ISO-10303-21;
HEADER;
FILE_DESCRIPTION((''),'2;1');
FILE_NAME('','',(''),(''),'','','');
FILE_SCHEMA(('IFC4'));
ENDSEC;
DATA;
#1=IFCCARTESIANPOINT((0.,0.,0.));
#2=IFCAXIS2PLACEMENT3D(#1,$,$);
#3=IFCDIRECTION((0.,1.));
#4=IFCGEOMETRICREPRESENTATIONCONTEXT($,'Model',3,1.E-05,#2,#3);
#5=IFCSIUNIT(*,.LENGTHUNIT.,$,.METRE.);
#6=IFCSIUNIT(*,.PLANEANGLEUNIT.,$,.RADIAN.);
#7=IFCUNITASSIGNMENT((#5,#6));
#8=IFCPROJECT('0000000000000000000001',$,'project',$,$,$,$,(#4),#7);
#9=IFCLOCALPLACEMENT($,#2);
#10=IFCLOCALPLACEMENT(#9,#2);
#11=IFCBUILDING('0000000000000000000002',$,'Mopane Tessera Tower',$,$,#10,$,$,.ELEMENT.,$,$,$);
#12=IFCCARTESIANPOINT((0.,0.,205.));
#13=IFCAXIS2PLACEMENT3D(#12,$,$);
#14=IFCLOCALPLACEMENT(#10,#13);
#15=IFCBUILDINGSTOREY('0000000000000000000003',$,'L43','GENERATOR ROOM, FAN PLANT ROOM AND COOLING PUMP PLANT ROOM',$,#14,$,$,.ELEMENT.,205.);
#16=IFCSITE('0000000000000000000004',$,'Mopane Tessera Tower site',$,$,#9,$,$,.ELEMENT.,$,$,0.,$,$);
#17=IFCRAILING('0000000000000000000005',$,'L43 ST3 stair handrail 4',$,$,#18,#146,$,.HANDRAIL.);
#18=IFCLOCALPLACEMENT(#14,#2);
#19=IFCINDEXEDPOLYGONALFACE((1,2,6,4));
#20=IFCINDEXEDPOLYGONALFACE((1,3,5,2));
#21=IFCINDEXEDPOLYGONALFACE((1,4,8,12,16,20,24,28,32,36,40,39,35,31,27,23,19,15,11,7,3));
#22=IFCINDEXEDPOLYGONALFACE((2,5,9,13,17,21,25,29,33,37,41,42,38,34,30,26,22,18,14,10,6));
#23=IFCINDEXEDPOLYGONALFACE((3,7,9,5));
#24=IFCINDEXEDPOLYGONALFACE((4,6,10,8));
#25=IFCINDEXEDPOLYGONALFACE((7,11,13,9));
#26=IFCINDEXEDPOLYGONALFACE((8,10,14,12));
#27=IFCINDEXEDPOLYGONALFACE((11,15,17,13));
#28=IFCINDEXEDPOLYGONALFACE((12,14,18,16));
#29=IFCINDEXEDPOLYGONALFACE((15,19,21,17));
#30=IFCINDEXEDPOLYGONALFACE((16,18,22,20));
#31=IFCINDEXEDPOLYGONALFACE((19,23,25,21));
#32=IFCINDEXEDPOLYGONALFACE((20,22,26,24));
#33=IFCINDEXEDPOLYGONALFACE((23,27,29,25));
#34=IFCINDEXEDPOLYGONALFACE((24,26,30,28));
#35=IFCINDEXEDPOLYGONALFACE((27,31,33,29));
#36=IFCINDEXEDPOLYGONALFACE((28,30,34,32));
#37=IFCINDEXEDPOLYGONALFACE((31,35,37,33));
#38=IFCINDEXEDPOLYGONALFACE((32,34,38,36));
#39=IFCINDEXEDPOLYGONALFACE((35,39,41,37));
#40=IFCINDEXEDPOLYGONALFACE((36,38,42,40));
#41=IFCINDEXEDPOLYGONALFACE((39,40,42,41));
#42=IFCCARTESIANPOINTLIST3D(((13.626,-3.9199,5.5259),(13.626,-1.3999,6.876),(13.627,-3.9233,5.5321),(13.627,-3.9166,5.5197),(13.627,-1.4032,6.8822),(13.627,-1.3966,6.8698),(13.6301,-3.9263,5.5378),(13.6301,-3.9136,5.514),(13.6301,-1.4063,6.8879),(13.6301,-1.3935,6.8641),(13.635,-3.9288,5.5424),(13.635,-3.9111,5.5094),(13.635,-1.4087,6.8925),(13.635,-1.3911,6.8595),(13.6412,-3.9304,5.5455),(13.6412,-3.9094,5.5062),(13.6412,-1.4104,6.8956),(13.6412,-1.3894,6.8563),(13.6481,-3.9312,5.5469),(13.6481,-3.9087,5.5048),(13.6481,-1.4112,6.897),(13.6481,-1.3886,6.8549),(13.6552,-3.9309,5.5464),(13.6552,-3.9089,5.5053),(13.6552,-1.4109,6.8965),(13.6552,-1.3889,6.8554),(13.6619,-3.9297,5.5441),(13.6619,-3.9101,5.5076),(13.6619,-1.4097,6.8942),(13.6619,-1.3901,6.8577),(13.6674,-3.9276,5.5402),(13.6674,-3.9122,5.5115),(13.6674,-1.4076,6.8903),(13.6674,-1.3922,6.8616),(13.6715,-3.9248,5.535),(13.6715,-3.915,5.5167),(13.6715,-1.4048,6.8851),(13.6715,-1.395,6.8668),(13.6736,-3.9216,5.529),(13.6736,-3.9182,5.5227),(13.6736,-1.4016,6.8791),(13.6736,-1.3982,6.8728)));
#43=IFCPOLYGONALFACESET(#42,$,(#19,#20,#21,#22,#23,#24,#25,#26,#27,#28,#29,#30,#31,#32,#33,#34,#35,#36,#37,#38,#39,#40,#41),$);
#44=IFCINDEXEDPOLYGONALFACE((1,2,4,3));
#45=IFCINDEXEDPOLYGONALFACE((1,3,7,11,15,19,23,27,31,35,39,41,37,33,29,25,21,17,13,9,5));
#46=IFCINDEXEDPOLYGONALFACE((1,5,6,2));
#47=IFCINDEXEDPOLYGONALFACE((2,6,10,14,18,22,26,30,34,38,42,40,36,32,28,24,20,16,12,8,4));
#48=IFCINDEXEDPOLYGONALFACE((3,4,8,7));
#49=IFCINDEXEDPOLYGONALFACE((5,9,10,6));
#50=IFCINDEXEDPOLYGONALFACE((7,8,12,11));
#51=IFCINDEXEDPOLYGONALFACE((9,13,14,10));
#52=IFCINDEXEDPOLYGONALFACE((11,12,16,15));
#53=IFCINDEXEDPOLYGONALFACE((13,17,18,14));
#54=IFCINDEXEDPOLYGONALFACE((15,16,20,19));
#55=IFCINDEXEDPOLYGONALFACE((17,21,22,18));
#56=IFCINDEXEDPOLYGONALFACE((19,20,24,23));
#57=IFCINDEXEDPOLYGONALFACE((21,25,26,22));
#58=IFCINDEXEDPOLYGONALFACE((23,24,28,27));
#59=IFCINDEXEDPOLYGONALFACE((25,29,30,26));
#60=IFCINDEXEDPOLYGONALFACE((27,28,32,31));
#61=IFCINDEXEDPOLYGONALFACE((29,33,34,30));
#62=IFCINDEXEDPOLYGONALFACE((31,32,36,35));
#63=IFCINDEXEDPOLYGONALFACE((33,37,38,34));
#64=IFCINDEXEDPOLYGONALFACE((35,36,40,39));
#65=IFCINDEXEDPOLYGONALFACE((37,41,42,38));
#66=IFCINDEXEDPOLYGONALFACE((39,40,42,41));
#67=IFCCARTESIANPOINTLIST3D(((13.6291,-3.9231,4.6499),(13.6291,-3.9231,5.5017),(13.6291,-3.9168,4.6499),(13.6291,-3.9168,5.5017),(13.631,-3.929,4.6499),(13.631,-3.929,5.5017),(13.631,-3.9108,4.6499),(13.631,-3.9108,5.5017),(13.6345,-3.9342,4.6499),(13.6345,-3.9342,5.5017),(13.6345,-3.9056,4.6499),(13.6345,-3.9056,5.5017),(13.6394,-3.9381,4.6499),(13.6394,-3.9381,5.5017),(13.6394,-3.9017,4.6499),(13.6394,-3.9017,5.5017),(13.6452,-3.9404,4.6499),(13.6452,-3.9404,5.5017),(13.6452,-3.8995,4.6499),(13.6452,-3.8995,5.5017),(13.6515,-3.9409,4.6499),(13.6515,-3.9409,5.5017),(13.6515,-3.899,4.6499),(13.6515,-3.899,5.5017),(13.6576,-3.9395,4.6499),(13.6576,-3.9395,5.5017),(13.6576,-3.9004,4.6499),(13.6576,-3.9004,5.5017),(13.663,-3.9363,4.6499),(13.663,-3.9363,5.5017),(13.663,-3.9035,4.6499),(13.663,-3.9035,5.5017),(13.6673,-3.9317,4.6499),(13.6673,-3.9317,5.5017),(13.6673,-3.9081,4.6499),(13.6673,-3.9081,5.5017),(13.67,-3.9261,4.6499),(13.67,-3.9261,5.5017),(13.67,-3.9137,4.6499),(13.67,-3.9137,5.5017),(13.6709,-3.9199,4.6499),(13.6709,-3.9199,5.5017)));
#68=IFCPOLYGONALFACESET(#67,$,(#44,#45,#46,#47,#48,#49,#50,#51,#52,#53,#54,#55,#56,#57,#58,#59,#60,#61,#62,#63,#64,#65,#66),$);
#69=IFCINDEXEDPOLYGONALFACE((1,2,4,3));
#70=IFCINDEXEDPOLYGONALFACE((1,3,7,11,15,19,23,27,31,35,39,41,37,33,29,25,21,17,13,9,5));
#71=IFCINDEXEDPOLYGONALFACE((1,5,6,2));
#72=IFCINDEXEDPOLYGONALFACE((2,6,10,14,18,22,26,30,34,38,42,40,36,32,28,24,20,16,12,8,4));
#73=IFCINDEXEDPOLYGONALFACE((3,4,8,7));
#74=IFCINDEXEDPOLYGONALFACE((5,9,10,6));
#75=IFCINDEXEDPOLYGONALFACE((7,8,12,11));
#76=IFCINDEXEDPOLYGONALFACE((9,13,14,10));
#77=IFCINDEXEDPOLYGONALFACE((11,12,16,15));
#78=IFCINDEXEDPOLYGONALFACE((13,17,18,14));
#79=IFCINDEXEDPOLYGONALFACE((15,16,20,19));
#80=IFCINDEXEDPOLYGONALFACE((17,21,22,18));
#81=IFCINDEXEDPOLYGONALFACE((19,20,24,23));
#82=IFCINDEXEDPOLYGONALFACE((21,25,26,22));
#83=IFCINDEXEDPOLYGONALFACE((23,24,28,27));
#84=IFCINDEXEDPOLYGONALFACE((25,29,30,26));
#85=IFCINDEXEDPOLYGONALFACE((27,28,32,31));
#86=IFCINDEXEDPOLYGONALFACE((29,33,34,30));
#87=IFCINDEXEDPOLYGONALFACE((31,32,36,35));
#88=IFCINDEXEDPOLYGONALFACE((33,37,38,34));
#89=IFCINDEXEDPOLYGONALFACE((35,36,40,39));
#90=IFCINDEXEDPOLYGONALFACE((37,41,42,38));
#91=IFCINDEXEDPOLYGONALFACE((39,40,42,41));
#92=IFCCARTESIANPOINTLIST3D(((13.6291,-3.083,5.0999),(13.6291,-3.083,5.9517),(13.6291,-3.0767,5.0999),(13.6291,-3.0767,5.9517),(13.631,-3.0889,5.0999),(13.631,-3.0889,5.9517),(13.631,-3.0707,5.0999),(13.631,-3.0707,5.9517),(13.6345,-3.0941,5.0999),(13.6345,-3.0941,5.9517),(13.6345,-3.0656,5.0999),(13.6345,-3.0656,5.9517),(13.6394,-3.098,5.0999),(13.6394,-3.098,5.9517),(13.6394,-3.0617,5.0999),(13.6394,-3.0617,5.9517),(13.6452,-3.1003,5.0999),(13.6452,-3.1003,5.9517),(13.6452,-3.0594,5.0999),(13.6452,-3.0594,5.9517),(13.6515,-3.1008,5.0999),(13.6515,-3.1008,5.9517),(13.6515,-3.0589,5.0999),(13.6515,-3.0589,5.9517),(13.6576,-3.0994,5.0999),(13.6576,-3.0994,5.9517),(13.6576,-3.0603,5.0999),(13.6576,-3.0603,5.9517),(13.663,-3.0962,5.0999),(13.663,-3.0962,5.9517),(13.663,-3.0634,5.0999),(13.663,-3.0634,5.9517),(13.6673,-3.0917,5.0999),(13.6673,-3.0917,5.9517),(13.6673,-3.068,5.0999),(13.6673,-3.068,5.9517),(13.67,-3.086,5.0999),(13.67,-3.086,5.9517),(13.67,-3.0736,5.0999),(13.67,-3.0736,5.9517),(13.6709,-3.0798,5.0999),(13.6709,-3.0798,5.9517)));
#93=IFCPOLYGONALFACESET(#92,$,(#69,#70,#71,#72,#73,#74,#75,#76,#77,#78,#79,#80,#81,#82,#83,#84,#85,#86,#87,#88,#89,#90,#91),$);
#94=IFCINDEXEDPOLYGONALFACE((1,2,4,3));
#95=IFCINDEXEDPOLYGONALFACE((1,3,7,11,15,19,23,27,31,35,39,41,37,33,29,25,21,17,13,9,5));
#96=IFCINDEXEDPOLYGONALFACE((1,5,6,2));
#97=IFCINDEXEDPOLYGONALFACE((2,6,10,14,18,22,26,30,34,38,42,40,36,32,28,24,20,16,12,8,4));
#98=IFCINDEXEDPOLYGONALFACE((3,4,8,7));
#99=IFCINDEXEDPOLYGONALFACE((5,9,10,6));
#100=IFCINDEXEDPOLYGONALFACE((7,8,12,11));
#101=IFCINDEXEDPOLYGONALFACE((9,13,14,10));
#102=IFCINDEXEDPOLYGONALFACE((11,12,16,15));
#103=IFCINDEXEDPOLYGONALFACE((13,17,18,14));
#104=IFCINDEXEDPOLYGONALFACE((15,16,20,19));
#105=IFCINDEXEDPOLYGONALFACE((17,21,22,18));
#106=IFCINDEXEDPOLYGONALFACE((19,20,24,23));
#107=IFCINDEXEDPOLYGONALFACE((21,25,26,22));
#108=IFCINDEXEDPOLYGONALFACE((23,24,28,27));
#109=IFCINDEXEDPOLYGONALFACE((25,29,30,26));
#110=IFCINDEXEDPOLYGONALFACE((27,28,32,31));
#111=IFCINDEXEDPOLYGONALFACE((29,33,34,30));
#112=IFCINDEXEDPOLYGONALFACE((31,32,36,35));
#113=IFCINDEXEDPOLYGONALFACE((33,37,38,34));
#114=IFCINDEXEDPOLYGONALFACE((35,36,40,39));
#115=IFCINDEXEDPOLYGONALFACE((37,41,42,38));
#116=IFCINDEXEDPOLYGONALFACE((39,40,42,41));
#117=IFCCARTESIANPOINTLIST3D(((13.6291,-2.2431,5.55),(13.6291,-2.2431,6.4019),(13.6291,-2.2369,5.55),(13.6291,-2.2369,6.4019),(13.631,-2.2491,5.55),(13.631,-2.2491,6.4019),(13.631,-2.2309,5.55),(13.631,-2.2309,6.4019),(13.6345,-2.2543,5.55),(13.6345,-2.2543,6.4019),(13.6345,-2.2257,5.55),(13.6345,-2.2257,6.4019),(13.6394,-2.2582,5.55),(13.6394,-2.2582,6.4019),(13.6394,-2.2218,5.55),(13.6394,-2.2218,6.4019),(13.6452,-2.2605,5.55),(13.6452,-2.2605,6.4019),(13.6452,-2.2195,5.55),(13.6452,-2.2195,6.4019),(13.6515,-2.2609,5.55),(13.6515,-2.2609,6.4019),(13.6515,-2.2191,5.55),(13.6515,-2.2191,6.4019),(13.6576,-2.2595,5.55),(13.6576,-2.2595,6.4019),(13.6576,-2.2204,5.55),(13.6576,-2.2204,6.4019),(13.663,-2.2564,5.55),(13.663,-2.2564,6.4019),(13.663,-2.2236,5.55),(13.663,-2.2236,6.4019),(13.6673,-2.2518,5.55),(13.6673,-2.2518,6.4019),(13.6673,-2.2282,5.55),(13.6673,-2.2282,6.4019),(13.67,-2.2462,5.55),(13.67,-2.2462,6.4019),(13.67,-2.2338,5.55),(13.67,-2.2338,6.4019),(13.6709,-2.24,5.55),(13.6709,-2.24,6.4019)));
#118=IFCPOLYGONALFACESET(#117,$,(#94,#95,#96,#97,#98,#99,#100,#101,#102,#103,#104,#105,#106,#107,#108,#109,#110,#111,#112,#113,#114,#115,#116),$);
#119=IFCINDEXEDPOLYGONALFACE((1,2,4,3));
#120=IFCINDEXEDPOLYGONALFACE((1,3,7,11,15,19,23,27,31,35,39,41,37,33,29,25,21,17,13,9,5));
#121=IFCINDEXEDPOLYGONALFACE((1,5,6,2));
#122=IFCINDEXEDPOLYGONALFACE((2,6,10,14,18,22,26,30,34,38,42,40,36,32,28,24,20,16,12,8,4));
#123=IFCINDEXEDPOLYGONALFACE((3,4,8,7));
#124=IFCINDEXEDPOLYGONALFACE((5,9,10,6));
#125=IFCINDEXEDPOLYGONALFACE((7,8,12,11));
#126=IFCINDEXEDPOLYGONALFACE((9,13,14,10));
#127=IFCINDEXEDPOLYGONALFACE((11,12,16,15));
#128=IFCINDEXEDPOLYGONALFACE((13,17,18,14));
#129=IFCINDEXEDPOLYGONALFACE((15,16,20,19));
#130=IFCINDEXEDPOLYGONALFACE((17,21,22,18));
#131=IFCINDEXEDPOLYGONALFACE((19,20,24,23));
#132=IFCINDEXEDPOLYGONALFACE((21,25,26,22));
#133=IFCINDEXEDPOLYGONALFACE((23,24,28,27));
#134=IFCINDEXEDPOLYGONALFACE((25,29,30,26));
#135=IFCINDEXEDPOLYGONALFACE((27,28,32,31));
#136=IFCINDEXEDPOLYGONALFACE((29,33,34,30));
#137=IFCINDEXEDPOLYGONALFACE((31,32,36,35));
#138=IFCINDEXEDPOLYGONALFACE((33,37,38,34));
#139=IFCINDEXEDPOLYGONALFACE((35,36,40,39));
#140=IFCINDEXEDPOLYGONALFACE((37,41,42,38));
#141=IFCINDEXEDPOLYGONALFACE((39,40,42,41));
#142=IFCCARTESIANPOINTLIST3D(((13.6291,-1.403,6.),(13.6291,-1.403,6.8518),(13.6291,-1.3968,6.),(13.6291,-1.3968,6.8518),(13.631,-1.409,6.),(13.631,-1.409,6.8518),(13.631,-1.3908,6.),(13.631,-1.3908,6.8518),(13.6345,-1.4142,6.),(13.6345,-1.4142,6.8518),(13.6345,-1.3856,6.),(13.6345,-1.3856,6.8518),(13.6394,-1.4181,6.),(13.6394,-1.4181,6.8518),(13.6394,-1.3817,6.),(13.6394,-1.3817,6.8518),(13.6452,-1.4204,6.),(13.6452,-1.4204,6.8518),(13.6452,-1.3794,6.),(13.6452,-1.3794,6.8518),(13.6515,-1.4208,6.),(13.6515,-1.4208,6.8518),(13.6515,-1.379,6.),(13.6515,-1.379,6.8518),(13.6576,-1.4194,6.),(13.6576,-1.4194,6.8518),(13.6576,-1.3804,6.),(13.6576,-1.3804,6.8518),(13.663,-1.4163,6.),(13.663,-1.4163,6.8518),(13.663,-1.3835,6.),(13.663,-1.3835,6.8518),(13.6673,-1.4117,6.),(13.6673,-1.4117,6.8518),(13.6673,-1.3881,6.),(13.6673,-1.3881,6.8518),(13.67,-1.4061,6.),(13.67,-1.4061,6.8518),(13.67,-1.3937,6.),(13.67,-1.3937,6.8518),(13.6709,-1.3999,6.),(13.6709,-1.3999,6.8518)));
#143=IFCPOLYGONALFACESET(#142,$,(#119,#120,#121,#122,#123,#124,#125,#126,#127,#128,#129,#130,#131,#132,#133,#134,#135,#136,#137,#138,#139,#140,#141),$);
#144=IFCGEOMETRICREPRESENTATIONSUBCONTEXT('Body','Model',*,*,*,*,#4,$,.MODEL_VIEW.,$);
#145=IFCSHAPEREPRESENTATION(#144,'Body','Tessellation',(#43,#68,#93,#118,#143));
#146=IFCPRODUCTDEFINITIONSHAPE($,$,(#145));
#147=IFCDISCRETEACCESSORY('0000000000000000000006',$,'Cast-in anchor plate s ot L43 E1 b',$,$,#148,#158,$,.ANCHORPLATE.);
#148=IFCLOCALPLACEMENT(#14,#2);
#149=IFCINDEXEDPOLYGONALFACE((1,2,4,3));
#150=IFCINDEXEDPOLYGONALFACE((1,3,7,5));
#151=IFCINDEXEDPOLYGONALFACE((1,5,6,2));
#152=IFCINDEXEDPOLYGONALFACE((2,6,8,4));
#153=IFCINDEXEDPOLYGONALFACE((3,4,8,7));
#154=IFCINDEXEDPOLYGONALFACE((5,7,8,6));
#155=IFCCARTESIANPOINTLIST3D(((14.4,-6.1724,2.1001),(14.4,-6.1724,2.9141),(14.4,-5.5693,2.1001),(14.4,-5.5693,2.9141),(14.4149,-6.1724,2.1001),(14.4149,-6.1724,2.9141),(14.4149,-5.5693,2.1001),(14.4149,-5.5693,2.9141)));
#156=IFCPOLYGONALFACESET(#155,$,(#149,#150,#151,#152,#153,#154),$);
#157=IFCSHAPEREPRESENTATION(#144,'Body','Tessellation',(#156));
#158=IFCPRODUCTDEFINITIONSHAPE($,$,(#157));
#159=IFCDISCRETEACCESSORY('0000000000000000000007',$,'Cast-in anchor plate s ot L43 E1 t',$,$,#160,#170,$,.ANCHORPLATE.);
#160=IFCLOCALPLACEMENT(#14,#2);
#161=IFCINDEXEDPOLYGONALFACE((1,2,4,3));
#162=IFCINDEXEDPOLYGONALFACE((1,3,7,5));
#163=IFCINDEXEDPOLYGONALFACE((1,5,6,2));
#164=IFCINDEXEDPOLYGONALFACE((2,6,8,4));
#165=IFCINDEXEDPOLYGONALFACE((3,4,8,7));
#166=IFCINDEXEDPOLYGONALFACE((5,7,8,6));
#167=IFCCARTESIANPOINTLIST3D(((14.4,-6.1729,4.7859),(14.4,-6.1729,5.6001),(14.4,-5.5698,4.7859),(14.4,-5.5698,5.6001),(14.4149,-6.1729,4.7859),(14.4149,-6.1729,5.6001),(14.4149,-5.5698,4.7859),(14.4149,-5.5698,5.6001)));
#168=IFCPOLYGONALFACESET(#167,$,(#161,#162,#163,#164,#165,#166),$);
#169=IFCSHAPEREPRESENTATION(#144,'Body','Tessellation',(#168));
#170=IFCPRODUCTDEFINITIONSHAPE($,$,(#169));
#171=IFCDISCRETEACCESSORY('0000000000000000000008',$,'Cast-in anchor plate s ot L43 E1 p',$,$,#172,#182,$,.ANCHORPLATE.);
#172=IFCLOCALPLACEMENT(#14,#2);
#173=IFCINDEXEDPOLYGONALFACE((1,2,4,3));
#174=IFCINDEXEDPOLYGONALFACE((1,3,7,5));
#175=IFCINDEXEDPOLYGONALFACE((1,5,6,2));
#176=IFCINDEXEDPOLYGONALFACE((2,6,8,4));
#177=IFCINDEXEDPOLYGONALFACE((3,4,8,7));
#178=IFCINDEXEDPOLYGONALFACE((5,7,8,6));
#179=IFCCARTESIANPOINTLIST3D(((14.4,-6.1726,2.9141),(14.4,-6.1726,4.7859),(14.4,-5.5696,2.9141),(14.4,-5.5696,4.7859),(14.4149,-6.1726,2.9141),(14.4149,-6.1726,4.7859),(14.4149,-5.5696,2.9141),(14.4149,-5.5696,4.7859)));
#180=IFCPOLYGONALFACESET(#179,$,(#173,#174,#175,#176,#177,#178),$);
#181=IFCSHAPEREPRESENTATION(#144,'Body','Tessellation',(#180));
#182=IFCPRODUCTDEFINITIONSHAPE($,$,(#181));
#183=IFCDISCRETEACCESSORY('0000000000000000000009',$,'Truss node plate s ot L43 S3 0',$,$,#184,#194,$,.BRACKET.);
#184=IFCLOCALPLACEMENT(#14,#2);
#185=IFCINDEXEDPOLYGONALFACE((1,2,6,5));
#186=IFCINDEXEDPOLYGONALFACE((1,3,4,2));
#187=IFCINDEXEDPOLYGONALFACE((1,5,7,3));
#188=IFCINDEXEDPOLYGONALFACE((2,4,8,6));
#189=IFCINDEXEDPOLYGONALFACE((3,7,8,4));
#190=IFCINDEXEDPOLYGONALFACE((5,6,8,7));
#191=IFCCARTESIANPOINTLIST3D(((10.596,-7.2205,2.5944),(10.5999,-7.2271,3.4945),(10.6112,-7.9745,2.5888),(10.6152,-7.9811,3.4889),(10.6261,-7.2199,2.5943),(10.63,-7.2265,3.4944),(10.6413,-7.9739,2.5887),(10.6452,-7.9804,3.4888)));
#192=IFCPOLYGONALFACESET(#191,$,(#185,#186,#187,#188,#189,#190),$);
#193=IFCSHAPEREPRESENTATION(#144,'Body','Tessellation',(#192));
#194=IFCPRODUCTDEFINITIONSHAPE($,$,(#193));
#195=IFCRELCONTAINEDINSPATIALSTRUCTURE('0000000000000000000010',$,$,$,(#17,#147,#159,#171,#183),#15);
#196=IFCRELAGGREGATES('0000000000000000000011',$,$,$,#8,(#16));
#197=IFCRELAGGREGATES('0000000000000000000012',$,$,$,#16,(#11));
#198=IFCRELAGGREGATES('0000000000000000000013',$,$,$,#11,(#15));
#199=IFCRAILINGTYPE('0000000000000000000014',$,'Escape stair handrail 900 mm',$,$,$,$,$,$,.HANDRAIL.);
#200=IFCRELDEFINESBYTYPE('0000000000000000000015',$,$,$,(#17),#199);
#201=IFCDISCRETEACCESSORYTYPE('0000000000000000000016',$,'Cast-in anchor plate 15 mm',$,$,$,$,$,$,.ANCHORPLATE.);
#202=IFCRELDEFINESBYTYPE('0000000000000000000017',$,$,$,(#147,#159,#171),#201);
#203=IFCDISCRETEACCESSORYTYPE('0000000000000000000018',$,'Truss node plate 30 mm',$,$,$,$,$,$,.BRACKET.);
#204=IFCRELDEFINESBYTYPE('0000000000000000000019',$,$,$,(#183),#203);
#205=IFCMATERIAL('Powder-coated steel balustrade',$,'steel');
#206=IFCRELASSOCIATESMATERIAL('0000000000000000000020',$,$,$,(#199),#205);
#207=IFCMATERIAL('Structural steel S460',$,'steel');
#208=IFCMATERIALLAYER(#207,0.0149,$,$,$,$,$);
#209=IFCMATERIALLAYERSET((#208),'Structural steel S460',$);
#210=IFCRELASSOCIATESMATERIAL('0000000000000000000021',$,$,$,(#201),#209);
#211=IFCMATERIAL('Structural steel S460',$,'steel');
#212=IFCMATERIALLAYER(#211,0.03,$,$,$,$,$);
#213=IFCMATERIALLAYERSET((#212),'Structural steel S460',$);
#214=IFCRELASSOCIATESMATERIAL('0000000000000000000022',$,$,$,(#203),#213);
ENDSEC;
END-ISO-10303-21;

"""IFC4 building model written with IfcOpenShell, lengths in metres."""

from ifc_helpers import new_model, si_unit, direction, frame, origin, origin_2d, place, context, subcontext, project, spatial, rectangle, circle, extrude, material, layer, layer_set, type_object, element, save


model = new_model("IFC4")

# Units and contexts
model_context = context("Model", 3, precision=1e-05, world=origin(), true_north=direction((0.0, 1.0)))
body_context = subcontext(model_context, "Body", "Model", "MODEL_VIEW")
ifc_project = project(units=[si_unit("LENGTHUNIT", "METRE"), si_unit("PLANEANGLEUNIT", "RADIAN")], contexts=[model_context])

# Site, building, storey
site_placement = place(None, origin())
site = spatial("IfcSite", under=ifc_project, at=site_placement, Name="Mopane Tessera Tower site", CompositionType="ELEMENT", RefElevation=0.0)
building_placement = place(site_placement, origin())
building = spatial("IfcBuilding", under=site, at=building_placement, Name="Mopane Tessera Tower", CompositionType="ELEMENT")
storey_placement = place(building_placement, frame((0.0, 0.0, 205.0)))
storey = spatial("IfcBuildingStorey", under=building, at=storey_placement, Name="L43", Description="GENERATOR ROOM, FAN PLANT ROOM AND COOLING PUMP PLANT ROOM", CompositionType="ELEMENT", Elevation=205.0)

# Railing
ifc_material_1 = material(Name="Powder-coated steel balustrade", Category="steel")
railing_type_1 = type_object("IfcRailingType", Name="Escape stair handrail 900 mm", PredefinedType="HANDRAIL", material=ifc_material_1)
railing_1_placement = place(storey_placement, frame((13.6499, -3.9199, 4.6499)))
element("IfcRailing", 1, at=railing_1_placement, inside=storey, type_object=railing_type_1, Name="L43 ST3 stair handrail 4", PredefinedType="HANDRAIL", context=body_context, shape_type="SweptSolid", body=[
    extrude(circle(Radius=0.0239, at=origin_2d()), frame((0.0, 0.0, 0.876), z_axis=(0.0, 0.881467, 0.472245), x_axis=(-1.0, 0.0, 0.0)), (0.0, 0.0, 1.0), 2.8589),
    extrude(circle(Radius=0.021, at=origin_2d()), origin(), (0.0, 0.0, 1.0), 0.8518),
    extrude(circle(Radius=0.021, at=origin_2d()), frame((0.0, 0.8401, 0.45)), (0.0, 0.0, 1.0), 0.8518),
    extrude(circle(Radius=0.021, at=origin_2d()), frame((0.0, 1.6799, 0.9001)), (0.0, 0.0, 1.0), 0.8518),
    extrude(circle(Radius=0.021, at=origin_2d()), frame((0.0, 2.52, 1.3501)), (0.0, 0.0, 1.0), 0.8518),
])

# Discrete accessories
ifc_material_2 = material(Name="Structural steel S460", Category="steel")
ifc_layer_1 = layer(ifc_material_2, 0.0149)
ifc_layer_set_1 = layer_set([ifc_layer_1], Name="Structural steel S460")
discrete_accessory_type_1 = type_object("IfcDiscreteAccessoryType", Name="Cast-in anchor plate 15 mm", PredefinedType="ANCHORPLATE", material=ifc_layer_set_1)
discrete_accessory_1_placement = place(storey_placement, frame((14.4075, -5.8708, 2.1001), z_axis=(0.0, 0.0, 1.0), x_axis=(1.0, 0.0, 0.0)))
element("IfcDiscreteAccessory", 2, at=discrete_accessory_1_placement, inside=storey, type_object=discrete_accessory_type_1, Name="Cast-in anchor plate s ot L43 E1 b", PredefinedType="ANCHORPLATE", context=body_context, shape_type="SweptSolid", body=[
    extrude(rectangle(XDim=0.0149, YDim=0.603, at=origin_2d()), origin(), (0.0, 0.0, 1.0), 0.814),
])
discrete_accessory_2_placement = place(storey_placement, frame((14.4075, -5.8713, 4.7859), z_axis=(0.0, 0.0, 1.0), x_axis=(1.0, 0.0, 0.0)))
element("IfcDiscreteAccessory", 3, at=discrete_accessory_2_placement, inside=storey, type_object=discrete_accessory_type_1, Name="Cast-in anchor plate s ot L43 E1 t", PredefinedType="ANCHORPLATE", context=body_context, shape_type="SweptSolid", body=[
    extrude(rectangle(XDim=0.0149, YDim=0.603, at=origin_2d()), origin(), (0.0, 0.0, 1.0), 0.8142),
])
discrete_accessory_3_placement = place(storey_placement, frame((14.4075, -5.8711, 2.9141), z_axis=(0.0, 0.0, 1.0), x_axis=(1.0, 0.0, 0.0)))
element("IfcDiscreteAccessory", 4, at=discrete_accessory_3_placement, inside=storey, type_object=discrete_accessory_type_1, Name="Cast-in anchor plate s ot L43 E1 p", PredefinedType="ANCHORPLATE", context=body_context, shape_type="SweptSolid", body=[
    extrude(rectangle(XDim=0.0149, YDim=0.603, at=origin_2d()), origin(), (0.0, 0.0, 1.0), 1.8718),
])
ifc_material_3 = material(Name="Structural steel S460", Category="steel")
ifc_layer_2 = layer(ifc_material_3, 0.03)
ifc_layer_set_2 = layer_set([ifc_layer_2], Name="Structural steel S460")
discrete_accessory_type_2 = type_object("IfcDiscreteAccessoryType", Name="Truss node plate 30 mm", PredefinedType="BRACKET", material=ifc_layer_set_2)
discrete_accessory_4_placement = place(storey_placement, frame((10.6187, -7.5972, 2.5916), z_axis=(0.004339, -0.007323, 0.999964), x_axis=(0.999787, 0.020206, -0.004191)))
element("IfcDiscreteAccessory", 5, at=discrete_accessory_4_placement, inside=storey, type_object=discrete_accessory_type_2, Name="Truss node plate s ot L43 S3 0", PredefinedType="BRACKET", context=body_context, shape_type="SweptSolid", body=[
    extrude(rectangle(XDim=0.03, YDim=0.7542, at=origin_2d()), origin(), (0.0, 0.0, 1.0), 0.9001),
])

save(model, "model.ifc")
